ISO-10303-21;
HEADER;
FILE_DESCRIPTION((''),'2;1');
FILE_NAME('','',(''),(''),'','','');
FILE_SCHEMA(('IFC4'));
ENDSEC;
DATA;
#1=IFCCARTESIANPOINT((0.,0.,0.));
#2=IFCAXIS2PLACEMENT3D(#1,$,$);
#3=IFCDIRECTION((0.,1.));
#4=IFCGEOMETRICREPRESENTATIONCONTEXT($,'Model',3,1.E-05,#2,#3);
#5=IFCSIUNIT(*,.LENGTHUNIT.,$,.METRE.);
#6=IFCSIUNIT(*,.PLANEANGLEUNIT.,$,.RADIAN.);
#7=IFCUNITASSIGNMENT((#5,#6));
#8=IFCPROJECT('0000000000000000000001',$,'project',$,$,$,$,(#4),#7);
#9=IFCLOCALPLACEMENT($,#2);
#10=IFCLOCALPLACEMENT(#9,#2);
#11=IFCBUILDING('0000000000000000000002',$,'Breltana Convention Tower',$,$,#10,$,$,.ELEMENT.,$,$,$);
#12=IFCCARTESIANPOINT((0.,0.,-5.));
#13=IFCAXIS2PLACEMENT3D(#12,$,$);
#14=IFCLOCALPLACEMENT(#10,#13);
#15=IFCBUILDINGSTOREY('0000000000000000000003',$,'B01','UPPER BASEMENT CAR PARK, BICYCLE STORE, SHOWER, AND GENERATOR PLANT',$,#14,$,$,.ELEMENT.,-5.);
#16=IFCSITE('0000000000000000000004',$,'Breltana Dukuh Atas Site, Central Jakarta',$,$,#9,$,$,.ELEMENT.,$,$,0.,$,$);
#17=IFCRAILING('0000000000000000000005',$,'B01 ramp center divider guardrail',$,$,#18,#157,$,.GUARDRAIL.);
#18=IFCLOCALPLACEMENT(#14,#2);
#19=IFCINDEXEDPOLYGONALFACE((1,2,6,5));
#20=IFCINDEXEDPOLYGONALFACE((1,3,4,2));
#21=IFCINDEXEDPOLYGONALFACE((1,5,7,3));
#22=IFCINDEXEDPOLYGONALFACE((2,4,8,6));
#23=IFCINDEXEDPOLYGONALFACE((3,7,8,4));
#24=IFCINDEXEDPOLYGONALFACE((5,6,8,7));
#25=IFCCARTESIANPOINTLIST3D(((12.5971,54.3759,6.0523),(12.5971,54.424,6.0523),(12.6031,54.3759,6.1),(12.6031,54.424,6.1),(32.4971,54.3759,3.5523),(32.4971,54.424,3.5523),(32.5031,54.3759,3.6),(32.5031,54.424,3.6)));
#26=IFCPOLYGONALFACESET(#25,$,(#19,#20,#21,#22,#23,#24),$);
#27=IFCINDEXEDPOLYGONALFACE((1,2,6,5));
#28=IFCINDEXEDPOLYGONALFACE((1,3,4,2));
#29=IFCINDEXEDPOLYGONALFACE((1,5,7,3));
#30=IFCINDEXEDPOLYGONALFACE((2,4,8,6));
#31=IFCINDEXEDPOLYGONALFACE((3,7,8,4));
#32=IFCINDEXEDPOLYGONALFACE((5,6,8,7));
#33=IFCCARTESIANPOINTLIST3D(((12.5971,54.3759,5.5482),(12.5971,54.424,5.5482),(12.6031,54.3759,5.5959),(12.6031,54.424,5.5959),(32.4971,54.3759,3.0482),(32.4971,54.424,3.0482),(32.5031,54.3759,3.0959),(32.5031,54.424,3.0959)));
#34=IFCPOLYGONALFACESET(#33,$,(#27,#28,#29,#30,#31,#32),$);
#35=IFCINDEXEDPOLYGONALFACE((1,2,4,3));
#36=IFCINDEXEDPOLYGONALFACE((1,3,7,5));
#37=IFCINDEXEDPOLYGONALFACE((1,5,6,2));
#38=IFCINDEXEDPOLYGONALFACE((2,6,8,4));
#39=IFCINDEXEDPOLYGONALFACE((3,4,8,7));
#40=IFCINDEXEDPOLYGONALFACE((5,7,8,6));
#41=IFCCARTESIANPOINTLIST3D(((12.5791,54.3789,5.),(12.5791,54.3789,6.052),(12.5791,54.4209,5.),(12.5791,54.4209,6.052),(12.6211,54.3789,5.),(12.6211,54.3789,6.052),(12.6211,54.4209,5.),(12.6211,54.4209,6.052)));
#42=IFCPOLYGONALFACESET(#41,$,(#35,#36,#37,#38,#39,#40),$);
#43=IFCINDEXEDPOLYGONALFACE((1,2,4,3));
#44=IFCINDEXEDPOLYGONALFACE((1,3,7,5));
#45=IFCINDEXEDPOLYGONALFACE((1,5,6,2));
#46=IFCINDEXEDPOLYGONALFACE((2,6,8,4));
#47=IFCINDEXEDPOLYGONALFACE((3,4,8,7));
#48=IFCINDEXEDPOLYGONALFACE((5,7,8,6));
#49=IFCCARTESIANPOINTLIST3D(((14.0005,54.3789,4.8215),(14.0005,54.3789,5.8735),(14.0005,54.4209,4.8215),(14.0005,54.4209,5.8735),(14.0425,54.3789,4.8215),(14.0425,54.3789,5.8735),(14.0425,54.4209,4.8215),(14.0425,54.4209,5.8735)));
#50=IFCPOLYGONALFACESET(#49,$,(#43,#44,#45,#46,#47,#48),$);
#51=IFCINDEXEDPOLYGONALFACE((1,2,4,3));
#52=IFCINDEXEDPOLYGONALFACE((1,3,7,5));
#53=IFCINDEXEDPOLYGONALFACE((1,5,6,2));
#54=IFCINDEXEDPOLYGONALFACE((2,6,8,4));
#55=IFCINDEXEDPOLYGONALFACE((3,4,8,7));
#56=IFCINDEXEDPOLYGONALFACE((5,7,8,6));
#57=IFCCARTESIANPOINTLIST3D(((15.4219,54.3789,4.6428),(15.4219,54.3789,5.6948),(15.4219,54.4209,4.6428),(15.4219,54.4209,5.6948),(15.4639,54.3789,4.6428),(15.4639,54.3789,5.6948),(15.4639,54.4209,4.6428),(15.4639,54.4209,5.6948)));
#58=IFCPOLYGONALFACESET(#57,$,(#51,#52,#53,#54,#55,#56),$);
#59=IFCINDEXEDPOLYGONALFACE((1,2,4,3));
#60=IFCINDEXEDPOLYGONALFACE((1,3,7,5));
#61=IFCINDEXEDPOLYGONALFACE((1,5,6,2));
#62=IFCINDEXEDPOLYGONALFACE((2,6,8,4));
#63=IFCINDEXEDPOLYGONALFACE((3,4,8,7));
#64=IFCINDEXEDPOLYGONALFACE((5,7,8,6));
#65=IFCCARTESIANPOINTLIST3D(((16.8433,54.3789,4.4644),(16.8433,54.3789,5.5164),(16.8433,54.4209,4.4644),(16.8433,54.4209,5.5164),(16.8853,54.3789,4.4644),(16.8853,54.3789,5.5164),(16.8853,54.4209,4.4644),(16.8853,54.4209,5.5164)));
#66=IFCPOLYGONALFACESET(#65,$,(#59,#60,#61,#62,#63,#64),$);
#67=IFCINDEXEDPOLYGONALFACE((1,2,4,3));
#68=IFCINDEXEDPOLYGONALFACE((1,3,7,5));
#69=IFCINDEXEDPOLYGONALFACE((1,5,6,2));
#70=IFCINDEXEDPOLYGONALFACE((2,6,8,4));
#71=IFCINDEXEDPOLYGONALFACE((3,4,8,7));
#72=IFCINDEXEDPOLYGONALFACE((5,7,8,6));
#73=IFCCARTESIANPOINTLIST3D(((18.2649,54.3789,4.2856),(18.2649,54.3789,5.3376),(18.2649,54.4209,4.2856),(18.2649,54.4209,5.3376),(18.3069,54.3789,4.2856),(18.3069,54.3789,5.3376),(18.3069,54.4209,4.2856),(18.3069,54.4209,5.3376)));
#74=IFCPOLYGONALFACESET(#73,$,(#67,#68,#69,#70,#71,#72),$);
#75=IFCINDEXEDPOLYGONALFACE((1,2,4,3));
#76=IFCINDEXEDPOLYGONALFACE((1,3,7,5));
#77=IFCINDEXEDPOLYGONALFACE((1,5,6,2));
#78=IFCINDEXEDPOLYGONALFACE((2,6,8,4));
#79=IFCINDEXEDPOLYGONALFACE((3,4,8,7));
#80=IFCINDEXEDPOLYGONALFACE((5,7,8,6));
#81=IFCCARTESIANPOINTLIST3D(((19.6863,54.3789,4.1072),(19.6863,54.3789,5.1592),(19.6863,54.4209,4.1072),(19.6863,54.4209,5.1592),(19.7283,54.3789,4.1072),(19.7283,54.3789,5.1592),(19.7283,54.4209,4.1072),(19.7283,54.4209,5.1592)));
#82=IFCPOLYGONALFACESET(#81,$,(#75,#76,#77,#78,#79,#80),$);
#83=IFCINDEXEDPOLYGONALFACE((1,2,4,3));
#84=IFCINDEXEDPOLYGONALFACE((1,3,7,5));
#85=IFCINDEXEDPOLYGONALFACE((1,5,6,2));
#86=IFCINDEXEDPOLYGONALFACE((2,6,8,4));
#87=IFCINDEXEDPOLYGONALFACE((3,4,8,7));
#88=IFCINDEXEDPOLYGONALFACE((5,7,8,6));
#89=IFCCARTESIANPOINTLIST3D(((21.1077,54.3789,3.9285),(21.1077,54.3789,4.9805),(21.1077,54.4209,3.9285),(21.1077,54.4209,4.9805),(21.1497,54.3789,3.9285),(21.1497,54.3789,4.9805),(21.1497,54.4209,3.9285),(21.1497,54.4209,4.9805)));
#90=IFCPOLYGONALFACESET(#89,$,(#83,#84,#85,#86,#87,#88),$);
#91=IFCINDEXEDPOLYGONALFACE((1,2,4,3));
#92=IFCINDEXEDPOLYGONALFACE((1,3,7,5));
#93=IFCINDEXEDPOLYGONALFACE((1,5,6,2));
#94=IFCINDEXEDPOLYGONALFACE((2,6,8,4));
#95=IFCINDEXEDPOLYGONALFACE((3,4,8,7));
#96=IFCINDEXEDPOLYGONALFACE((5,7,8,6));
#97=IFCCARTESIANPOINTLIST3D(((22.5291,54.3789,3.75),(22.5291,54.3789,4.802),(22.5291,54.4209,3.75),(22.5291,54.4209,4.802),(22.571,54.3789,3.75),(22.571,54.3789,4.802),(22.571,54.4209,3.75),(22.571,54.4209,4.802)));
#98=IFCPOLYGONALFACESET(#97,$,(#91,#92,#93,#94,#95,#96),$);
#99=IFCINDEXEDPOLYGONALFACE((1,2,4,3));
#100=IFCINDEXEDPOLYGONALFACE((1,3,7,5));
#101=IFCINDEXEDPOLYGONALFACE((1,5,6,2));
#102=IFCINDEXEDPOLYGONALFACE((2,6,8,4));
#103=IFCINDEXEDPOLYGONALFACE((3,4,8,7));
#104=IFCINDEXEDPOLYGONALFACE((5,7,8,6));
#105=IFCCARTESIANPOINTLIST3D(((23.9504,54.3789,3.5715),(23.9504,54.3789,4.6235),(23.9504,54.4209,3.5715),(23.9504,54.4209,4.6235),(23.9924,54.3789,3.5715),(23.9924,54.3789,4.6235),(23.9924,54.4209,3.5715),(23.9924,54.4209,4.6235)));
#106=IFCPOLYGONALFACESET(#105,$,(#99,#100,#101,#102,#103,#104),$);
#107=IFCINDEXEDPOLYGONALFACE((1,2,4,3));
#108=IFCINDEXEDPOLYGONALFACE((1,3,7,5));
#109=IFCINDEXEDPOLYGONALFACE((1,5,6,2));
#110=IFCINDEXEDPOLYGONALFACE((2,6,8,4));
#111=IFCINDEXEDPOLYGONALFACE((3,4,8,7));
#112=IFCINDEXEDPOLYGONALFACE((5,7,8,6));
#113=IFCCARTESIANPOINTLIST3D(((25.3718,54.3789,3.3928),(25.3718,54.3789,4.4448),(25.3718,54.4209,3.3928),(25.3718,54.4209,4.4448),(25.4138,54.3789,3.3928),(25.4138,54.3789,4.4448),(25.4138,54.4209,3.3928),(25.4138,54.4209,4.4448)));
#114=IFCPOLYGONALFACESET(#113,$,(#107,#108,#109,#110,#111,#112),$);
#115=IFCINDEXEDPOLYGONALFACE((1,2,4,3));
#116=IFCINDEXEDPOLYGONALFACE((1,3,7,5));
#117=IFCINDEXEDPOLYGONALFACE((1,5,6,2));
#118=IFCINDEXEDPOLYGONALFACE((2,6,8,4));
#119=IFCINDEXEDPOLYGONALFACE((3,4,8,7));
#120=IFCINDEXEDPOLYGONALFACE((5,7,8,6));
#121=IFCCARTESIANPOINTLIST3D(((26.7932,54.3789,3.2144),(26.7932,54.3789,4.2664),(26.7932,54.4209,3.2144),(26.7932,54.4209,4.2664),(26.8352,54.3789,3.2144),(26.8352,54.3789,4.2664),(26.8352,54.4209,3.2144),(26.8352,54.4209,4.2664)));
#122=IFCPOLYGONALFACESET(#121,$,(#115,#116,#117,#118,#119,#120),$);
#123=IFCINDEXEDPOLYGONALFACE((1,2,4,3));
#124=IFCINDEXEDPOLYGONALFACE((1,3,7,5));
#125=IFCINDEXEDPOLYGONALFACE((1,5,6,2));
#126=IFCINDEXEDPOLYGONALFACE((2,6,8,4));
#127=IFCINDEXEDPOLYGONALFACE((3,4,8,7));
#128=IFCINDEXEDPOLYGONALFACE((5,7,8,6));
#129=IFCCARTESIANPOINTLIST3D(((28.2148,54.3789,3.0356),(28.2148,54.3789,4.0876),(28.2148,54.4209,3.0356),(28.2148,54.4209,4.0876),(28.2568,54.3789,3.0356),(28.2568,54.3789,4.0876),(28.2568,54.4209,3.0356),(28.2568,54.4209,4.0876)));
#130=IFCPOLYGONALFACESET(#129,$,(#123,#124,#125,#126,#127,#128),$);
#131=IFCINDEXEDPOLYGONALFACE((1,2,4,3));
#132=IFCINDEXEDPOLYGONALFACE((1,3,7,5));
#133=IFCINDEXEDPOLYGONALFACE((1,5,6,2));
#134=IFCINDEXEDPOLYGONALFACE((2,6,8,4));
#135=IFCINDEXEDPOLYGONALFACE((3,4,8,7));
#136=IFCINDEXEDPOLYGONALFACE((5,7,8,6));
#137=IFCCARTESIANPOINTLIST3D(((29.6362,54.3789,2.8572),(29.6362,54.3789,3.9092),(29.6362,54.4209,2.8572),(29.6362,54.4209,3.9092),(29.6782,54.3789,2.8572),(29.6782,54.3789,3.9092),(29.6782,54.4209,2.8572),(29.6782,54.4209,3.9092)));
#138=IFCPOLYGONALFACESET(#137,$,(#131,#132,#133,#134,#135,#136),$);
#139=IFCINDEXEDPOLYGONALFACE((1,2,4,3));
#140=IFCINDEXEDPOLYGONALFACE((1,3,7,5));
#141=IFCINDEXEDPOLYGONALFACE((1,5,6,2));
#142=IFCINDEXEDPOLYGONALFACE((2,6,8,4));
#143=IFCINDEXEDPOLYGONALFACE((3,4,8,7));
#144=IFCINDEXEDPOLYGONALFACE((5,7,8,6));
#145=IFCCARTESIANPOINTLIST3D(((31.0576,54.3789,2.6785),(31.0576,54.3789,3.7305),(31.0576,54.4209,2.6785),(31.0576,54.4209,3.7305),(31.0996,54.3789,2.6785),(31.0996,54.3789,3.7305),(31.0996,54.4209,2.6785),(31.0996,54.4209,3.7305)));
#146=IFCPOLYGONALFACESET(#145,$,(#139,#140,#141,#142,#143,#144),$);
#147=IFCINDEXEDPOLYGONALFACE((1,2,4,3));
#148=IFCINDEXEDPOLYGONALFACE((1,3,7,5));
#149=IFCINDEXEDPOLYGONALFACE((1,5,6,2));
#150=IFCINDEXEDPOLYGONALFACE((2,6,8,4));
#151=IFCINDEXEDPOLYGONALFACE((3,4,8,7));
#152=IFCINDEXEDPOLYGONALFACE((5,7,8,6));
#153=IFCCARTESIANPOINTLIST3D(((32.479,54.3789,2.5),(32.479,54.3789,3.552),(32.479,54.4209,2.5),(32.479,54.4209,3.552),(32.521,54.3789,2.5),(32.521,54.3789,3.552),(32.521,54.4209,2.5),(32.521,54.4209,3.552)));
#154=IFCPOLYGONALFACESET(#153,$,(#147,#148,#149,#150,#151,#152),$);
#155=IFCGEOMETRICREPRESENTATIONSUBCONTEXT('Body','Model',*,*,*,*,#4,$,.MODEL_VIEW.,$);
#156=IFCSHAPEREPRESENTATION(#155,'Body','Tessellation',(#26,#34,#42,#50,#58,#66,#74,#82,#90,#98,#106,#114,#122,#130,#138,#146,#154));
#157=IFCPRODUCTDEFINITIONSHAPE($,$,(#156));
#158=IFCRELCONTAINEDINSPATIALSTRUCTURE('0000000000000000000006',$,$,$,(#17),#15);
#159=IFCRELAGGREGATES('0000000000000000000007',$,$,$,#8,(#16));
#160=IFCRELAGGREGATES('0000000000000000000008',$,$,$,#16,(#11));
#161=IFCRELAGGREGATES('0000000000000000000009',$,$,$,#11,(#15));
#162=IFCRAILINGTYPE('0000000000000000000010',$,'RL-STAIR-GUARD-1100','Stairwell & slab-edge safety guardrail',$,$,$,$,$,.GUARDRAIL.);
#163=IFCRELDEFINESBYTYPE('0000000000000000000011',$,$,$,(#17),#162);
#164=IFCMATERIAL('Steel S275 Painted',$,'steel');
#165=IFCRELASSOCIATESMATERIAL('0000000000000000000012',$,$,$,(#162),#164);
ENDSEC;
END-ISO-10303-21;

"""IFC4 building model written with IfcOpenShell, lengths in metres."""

from ifc_helpers import new_model, si_unit, direction, frame, origin, origin_2d, place, context, subcontext, project, spatial, rectangle, extrude, material, type_object, element, save


model = new_model("IFC4")

# Units and contexts
model_context = context("Model", 3, precision=1e-05, world=origin(), true_north=direction((0.0, 1.0)))
body_context = subcontext(model_context, "Body", "Model", "MODEL_VIEW")
ifc_project = project(units=[si_unit("LENGTHUNIT", "METRE"), si_unit("PLANEANGLEUNIT", "RADIAN")], contexts=[model_context])

# Site, building, storey
site_placement = place(None, origin())
site = spatial("IfcSite", under=ifc_project, at=site_placement, Name="Breltana Dukuh Atas Site, Central Jakarta", CompositionType="ELEMENT", RefElevation=0.0)
building_placement = place(site_placement, origin())
building = spatial("IfcBuilding", under=site, at=building_placement, Name="Breltana Convention Tower", CompositionType="ELEMENT")
storey_placement = place(building_placement, frame((0.0, 0.0, -5.0)))
storey = spatial("IfcBuildingStorey", under=building, at=storey_placement, Name="B01", Description="UPPER BASEMENT CAR PARK, BICYCLE STORE, SHOWER, AND GENERATOR PLANT", CompositionType="ELEMENT", Elevation=-5.0)

# Railing
ifc_material_1 = material(Name="Steel S275 Painted", Category="steel")
railing_type = type_object("IfcRailingType", Name="RL-STAIR-GUARD-1100", Description="Stairwell & slab-edge safety guardrail", PredefinedType="GUARDRAIL", material=ifc_material_1)
railing_1_placement = place(storey_placement, frame((12.6001, 54.3999, 5.0)))
element("IfcRailing", 1, at=railing_1_placement, inside=storey, type_object=railing_type, Name="B01 ramp center divider guardrail", PredefinedType="GUARDRAIL", context=body_context, shape_type="SweptSolid", body=[
    extrude(rectangle(XDim=0.0481, YDim=0.0481, at=origin_2d()), frame((0.0, 0.0, 1.0762), z_axis=(0.992201, 0.0, -0.124649), x_axis=(0.0, 1.0, 0.0)), (0.0, 0.0, 1.0), 20.0564),
    extrude(rectangle(XDim=0.0481, YDim=0.0481, at=origin_2d()), frame((0.0, 0.0, 0.572), z_axis=(0.992201, 0.0, -0.124649), x_axis=(0.0, 1.0, 0.0)), (0.0, 0.0, 1.0), 20.0564),
    extrude(rectangle(XDim=0.042, YDim=0.042, at=origin_2d()), origin(), (0.0, 0.0, 1.0), 1.052),
    extrude(rectangle(XDim=0.042, YDim=0.042, at=origin_2d()), frame((1.4214, 0.0, -0.1785)), (0.0, 0.0, 1.0), 1.052),
    extrude(rectangle(XDim=0.042, YDim=0.042, at=origin_2d()), frame((2.8428, 0.0, -0.3572)), (0.0, 0.0, 1.0), 1.052),
    extrude(rectangle(XDim=0.042, YDim=0.042, at=origin_2d()), frame((4.2642, 0.0, -0.5356)), (0.0, 0.0, 1.0), 1.052),
    extrude(rectangle(XDim=0.042, YDim=0.042, at=origin_2d()), frame((5.6858, 0.0, -0.7144)), (0.0, 0.0, 1.0), 1.052),
    extrude(rectangle(XDim=0.042, YDim=0.042, at=origin_2d()), frame((7.1072, 0.0, -0.8928)), (0.0, 0.0, 1.0), 1.052),
    extrude(rectangle(XDim=0.042, YDim=0.042, at=origin_2d()), frame((8.5286, 0.0, -1.0715)), (0.0, 0.0, 1.0), 1.052),
    extrude(rectangle(XDim=0.042, YDim=0.042, at=origin_2d()), frame((9.95, 0.0, -1.25)), (0.0, 0.0, 1.0), 1.052),
    extrude(rectangle(XDim=0.042, YDim=0.042, at=origin_2d()), frame((11.3713, 0.0, -1.4285)), (0.0, 0.0, 1.0), 1.052),
    extrude(rectangle(XDim=0.042, YDim=0.042, at=origin_2d()), frame((12.7927, 0.0, -1.6072)), (0.0, 0.0, 1.0), 1.052),
    extrude(rectangle(XDim=0.042, YDim=0.042, at=origin_2d()), frame((14.2141, 0.0, -1.7856)), (0.0, 0.0, 1.0), 1.052),
    extrude(rectangle(XDim=0.042, YDim=0.042, at=origin_2d()), frame((15.6357, 0.0, -1.9644)), (0.0, 0.0, 1.0), 1.052),
    extrude(rectangle(XDim=0.042, YDim=0.042, at=origin_2d()), frame((17.0571, 0.0, -2.1428)), (0.0, 0.0, 1.0), 1.052),
    extrude(rectangle(XDim=0.042, YDim=0.042, at=origin_2d()), frame((18.4785, 0.0, -2.3215)), (0.0, 0.0, 1.0), 1.052),
    extrude(rectangle(XDim=0.042, YDim=0.042, at=origin_2d()), frame((19.8999, 0.0, -2.5)), (0.0, 0.0, 1.0), 1.052),
])

save(model, "model.ifc")
